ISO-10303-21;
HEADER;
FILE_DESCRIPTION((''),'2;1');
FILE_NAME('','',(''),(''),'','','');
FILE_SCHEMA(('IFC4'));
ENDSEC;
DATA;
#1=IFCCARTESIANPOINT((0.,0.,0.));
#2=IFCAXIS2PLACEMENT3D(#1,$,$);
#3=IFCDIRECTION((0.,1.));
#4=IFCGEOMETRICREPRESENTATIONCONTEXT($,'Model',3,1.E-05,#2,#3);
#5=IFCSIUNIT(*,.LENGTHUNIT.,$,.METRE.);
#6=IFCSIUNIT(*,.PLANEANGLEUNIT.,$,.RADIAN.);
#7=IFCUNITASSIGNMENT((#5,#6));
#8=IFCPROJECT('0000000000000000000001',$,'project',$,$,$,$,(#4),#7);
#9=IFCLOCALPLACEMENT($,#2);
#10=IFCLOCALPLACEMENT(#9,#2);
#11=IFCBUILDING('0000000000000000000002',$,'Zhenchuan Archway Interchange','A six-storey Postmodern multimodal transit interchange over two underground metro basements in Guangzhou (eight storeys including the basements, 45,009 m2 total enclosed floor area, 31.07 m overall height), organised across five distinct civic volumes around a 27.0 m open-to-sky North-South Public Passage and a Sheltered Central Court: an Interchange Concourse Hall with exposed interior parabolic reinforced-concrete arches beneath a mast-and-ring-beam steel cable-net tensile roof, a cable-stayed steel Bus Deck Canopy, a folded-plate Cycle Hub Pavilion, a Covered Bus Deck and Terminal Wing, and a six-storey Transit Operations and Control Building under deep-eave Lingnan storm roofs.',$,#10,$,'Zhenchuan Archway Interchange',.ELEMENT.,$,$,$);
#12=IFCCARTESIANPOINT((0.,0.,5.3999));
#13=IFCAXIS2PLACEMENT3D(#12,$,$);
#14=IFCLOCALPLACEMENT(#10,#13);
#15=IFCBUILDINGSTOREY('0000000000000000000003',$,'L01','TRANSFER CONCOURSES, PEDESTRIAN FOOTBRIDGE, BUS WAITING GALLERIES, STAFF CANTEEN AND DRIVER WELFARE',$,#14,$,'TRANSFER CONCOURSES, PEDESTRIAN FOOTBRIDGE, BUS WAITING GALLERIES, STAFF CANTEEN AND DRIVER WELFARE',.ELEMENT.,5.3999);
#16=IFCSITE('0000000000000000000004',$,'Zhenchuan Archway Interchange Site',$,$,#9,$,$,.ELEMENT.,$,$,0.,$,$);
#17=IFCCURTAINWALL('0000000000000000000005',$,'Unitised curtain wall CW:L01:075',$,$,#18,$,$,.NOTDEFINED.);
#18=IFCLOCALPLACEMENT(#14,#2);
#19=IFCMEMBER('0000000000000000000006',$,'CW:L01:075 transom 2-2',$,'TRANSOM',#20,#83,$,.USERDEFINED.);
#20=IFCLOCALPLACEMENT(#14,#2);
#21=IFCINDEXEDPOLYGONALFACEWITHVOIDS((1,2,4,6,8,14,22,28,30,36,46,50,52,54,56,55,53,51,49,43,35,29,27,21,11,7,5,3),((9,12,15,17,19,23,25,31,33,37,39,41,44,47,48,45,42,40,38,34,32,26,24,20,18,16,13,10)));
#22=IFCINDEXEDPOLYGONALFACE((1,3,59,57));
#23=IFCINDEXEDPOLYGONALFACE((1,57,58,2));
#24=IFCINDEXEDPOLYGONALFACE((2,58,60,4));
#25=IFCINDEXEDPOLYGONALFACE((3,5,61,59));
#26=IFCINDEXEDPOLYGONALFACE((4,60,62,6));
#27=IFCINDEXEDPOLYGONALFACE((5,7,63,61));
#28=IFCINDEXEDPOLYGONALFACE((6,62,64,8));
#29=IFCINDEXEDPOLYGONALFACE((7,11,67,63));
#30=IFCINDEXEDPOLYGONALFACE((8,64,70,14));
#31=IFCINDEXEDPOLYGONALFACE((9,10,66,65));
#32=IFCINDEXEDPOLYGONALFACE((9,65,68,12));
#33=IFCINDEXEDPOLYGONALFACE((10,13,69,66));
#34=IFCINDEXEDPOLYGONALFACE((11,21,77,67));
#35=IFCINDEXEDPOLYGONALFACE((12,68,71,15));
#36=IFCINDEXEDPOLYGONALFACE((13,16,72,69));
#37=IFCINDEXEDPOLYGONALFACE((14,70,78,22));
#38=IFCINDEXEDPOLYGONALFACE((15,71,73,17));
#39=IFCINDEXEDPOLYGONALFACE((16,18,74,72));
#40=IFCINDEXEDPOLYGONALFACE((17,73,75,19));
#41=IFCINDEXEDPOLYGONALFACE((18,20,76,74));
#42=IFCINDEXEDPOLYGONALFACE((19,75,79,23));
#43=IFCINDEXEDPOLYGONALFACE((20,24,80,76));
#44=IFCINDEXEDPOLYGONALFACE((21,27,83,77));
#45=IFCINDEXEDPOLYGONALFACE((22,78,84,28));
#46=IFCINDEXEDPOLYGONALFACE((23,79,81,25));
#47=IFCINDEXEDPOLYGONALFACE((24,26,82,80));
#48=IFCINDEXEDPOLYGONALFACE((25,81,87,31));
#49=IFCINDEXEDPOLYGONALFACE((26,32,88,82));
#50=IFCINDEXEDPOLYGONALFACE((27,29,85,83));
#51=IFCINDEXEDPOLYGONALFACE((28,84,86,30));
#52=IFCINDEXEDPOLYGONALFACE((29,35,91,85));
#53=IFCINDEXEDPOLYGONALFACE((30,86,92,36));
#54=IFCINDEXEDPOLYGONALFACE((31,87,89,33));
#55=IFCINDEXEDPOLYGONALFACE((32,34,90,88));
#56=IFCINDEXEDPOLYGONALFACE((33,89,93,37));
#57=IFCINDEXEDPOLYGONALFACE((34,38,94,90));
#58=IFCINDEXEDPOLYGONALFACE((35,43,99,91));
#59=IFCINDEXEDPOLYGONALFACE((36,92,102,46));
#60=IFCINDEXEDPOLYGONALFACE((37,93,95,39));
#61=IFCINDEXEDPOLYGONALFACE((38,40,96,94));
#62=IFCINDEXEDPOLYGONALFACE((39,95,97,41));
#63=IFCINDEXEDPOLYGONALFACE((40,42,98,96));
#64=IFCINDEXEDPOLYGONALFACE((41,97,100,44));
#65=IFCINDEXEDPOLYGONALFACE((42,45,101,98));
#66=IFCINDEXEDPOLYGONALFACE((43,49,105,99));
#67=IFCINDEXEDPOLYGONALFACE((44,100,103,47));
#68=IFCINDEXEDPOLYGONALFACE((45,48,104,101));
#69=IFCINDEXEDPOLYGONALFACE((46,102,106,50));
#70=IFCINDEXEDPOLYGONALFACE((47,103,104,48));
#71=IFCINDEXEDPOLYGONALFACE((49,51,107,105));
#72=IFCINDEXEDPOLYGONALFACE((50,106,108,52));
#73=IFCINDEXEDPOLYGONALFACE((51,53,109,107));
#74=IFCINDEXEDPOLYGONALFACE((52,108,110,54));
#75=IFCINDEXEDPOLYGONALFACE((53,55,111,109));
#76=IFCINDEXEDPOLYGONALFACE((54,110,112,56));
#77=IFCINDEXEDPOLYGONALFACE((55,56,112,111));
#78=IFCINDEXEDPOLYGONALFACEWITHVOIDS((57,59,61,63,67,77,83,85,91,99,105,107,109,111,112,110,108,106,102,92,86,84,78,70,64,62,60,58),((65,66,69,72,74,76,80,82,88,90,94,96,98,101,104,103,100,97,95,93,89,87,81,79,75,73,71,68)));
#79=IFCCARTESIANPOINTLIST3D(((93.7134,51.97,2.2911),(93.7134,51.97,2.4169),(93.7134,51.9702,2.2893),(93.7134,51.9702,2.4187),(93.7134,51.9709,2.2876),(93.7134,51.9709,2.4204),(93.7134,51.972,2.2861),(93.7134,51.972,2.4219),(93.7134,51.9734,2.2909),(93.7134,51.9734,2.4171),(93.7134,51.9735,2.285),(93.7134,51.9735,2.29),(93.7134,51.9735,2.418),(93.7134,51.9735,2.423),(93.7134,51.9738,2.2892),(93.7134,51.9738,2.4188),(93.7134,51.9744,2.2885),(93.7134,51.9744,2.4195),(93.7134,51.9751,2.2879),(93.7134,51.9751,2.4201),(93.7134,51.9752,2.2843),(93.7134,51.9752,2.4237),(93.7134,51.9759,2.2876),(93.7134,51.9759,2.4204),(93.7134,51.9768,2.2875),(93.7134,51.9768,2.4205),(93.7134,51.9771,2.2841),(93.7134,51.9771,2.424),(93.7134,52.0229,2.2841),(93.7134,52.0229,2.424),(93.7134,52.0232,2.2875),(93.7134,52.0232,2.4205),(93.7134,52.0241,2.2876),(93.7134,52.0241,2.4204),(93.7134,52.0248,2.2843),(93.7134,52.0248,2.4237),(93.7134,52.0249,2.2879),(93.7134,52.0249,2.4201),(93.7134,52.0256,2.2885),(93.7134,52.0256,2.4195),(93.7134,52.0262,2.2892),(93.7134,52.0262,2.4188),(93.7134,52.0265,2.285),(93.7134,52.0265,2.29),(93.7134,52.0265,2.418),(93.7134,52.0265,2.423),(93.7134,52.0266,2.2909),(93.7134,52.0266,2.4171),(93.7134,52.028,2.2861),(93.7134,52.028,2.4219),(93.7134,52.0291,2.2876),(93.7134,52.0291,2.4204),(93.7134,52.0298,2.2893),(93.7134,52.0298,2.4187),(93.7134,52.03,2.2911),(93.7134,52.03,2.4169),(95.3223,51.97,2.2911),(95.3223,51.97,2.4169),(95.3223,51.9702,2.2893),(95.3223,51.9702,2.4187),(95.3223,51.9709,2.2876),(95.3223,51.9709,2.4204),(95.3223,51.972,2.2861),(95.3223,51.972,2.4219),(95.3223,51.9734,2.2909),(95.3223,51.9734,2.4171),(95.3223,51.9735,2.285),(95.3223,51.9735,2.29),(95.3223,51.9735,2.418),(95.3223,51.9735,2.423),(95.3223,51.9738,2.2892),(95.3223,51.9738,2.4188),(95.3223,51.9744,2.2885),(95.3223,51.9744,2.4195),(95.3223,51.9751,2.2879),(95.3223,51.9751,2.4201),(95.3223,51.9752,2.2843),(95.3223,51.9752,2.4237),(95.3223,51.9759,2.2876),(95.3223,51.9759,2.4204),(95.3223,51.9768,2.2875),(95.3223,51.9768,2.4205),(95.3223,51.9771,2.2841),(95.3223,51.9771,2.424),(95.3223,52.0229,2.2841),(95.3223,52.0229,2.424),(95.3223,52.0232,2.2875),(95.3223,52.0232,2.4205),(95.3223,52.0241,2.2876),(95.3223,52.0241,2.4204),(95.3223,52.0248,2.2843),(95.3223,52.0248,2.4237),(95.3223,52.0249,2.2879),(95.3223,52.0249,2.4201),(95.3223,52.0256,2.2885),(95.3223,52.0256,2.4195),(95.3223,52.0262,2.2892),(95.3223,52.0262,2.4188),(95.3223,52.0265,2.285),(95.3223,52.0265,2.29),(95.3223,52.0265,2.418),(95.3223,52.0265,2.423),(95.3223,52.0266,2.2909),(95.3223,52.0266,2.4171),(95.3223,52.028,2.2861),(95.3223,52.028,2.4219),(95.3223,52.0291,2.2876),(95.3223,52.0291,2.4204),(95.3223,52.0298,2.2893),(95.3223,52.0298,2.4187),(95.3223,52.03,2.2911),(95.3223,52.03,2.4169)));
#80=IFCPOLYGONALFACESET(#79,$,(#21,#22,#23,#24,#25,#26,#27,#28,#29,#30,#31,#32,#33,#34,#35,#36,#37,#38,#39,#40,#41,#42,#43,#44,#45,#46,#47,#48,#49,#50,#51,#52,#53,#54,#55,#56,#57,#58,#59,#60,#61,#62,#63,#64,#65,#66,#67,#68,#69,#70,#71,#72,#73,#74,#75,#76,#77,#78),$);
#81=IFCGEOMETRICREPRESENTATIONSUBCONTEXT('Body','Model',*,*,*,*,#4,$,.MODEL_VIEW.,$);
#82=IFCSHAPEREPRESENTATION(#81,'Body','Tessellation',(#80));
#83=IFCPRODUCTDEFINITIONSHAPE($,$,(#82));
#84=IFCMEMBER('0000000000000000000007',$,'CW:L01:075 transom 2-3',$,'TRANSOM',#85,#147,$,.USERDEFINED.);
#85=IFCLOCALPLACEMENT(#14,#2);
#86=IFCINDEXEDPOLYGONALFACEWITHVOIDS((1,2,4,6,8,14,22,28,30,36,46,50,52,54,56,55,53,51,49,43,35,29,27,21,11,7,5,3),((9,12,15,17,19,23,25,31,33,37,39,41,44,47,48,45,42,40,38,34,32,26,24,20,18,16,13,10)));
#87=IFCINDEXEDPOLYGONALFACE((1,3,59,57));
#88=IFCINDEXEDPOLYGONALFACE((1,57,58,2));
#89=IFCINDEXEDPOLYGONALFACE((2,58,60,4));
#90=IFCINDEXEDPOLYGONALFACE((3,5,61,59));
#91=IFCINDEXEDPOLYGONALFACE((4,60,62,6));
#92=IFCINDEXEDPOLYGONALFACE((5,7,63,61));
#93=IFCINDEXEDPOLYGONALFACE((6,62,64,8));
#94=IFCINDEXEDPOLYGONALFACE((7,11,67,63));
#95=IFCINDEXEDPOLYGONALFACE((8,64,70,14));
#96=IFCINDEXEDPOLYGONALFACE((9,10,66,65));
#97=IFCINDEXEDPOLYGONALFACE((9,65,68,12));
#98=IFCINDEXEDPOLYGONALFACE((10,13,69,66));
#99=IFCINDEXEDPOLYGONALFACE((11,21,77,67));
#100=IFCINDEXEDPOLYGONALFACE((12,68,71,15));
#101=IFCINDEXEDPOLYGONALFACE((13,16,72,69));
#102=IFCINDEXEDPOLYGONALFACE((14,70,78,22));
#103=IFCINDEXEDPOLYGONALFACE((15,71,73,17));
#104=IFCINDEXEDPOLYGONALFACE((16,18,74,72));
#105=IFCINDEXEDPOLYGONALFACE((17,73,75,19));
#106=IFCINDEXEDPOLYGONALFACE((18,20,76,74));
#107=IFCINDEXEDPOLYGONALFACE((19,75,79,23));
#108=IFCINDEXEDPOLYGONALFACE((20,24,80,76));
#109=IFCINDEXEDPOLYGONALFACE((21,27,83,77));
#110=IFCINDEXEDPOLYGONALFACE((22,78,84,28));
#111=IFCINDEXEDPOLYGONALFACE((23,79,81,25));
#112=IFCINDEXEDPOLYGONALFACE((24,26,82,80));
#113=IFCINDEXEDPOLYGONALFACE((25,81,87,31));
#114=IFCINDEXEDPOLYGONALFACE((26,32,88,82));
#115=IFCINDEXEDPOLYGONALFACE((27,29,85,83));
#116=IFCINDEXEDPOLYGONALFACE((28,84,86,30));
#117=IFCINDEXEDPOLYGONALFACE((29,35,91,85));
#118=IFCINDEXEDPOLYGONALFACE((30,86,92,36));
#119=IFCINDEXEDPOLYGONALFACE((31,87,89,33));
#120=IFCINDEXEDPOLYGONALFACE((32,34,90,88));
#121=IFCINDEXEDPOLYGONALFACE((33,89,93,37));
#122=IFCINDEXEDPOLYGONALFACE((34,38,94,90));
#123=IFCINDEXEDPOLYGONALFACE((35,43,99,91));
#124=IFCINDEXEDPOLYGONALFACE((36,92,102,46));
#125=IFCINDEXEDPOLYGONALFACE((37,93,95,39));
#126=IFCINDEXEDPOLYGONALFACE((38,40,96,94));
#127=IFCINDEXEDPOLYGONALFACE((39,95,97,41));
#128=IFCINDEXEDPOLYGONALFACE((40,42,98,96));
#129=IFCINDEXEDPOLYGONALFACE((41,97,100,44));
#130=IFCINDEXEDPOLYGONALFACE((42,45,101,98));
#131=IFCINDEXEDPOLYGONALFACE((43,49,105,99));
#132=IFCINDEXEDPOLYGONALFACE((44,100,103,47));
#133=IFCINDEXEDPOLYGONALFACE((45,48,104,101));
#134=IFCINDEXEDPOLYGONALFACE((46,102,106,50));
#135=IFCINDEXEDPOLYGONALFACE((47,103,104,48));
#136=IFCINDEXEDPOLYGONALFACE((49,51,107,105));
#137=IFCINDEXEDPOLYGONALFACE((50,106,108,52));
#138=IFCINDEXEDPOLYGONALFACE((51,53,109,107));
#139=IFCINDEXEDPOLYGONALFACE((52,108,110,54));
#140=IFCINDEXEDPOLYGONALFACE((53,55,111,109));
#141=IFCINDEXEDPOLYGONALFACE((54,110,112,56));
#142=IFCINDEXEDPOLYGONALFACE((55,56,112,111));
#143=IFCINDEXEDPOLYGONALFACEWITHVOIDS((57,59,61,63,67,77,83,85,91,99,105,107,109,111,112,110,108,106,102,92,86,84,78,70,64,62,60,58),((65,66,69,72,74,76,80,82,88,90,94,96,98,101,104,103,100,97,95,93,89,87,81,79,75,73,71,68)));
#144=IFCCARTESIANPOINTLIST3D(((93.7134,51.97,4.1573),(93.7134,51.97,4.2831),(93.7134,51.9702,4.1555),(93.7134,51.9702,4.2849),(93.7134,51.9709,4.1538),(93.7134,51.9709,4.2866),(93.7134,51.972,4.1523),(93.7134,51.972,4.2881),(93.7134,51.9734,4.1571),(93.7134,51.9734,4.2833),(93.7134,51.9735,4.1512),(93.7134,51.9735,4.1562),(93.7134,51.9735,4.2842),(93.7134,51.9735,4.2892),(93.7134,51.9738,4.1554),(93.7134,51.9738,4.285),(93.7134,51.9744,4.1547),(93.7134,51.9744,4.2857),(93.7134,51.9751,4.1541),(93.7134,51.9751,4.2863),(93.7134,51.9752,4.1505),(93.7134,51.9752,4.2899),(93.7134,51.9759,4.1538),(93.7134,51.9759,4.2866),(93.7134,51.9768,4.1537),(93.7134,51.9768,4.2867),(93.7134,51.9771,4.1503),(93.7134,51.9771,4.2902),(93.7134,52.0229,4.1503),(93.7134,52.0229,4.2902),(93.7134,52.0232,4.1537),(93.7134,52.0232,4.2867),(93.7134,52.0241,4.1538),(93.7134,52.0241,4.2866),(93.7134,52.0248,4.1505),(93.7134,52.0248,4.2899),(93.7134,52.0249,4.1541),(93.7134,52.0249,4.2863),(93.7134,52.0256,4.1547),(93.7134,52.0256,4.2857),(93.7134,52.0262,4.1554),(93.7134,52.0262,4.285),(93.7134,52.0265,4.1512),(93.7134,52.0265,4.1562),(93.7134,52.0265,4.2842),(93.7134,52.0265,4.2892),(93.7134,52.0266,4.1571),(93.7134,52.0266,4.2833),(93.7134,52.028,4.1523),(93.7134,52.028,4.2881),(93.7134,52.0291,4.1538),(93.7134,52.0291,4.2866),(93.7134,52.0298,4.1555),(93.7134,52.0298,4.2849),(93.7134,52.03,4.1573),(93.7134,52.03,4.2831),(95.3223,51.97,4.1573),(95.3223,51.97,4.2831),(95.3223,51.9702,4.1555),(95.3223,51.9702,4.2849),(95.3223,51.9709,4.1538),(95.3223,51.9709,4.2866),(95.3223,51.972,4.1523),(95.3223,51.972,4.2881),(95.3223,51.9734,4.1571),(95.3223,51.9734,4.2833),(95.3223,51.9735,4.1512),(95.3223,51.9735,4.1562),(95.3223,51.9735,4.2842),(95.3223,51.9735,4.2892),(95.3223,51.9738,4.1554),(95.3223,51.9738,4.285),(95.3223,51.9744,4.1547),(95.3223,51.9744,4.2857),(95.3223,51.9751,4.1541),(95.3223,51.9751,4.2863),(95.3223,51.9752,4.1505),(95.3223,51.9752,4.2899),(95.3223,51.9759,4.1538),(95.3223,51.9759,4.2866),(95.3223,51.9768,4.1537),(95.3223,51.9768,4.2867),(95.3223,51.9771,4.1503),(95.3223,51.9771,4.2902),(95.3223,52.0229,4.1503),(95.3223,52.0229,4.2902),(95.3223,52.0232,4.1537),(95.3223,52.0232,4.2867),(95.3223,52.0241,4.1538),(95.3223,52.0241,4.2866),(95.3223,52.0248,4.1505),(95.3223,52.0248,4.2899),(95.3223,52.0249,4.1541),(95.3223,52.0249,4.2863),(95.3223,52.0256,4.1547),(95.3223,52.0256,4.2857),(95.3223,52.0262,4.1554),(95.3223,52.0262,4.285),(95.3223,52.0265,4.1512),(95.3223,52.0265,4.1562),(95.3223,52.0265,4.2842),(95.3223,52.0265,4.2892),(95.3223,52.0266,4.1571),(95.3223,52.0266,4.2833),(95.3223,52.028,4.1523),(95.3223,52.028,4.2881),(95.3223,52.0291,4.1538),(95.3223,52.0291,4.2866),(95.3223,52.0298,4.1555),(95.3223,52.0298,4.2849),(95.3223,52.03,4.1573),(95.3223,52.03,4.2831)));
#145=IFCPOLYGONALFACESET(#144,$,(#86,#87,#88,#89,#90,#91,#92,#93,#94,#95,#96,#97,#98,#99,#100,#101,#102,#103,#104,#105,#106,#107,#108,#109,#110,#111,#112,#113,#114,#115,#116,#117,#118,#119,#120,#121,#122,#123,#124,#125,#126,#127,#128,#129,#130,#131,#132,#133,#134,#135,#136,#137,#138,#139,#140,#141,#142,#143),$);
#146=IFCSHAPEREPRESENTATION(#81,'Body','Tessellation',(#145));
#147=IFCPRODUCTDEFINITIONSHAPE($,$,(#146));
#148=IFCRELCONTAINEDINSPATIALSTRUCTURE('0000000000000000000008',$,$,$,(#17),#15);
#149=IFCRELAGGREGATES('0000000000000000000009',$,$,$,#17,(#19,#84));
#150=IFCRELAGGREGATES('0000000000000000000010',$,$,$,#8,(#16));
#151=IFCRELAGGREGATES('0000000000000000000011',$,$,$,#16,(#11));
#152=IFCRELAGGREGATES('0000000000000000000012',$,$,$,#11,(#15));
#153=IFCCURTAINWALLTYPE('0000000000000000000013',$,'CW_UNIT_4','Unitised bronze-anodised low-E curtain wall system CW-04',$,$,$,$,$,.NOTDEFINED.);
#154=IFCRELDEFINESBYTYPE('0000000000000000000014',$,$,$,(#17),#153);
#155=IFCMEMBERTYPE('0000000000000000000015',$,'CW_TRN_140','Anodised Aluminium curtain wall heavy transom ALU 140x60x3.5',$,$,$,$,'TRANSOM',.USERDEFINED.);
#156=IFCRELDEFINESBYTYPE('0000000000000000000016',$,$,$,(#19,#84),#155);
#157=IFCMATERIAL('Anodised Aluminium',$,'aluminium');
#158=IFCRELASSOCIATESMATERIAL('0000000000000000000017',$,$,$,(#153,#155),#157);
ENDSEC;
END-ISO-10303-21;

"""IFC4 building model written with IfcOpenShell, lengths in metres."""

from ifc_helpers import new_model, si_unit, direction, frame, origin, origin_2d, place, context, subcontext, project, spatial, hollow_rectangle, extrude, material, material_profile, profile_set, type_object, element, aggregate, save


model = new_model("IFC4")

# Units and contexts
model_context = context("Model", 3, precision=1e-05, world=origin(), true_north=direction((0.0, 1.0)))
body_context = subcontext(model_context, "Body", "Model", "MODEL_VIEW")
ifc_project = project(units=[si_unit("LENGTHUNIT", "METRE"), si_unit("PLANEANGLEUNIT", "RADIAN")], contexts=[model_context])

# Site, building, storey
site_placement = place(None, origin())
site = spatial("IfcSite", under=ifc_project, at=site_placement, Name="Zhenchuan Archway Interchange Site", CompositionType="ELEMENT", RefElevation=0.0)
building_placement = place(site_placement, origin())
building = spatial("IfcBuilding", under=site, at=building_placement, Name="Zhenchuan Archway Interchange", Description="A six-storey Postmodern multimodal transit interchange over two underground metro basements in Guangzhou (eight storeys including the basements, 45,009 m2 total enclosed floor area, 31.07 m overall height), organised across five distinct civic volumes around a 27.0 m open-to-sky North-South Public Passage and a Sheltered Central Court: an Interchange Concourse Hall with exposed interior parabolic reinforced-concrete arches beneath a mast-and-ring-beam steel cable-net tensile roof, a cable-stayed steel Bus Deck Canopy, a folded-plate Cycle Hub Pavilion, a Covered Bus Deck and Terminal Wing, and a six-storey Transit Operations and Control Building under deep-eave Lingnan storm roofs.", LongName="Zhenchuan Archway Interchange", CompositionType="ELEMENT")
storey_placement = place(building_placement, frame((0.0, 0.0, 5.3999)))
storey = spatial("IfcBuildingStorey", under=building, at=storey_placement, Name="L01", Description="TRANSFER CONCOURSES, PEDESTRIAN FOOTBRIDGE, BUS WAITING GALLERIES, STAFF CANTEEN AND DRIVER WELFARE", LongName="TRANSFER CONCOURSES, PEDESTRIAN FOOTBRIDGE, BUS WAITING GALLERIES, STAFF CANTEEN AND DRIVER WELFARE", CompositionType="ELEMENT", Elevation=5.3999)

# Curtain wall, members
ifc_material_1 = material(Name="Anodised Aluminium", Category="aluminium")
curtain_wall_type = type_object("IfcCurtainWallType", Name="CW_UNIT_4", Description="Unitised bronze-anodised low-E curtain wall system CW-04", PredefinedType="NOTDEFINED", material=ifc_material_1)
curtain_wall_placement = place(storey_placement, origin())
curtain_wall = element("IfcCurtainWall", 1, at=curtain_wall_placement, inside=storey, type_object=curtain_wall_type, Name="Unitised curtain wall CW:L01:075", PredefinedType="NOTDEFINED")
ifc_material_profile_1 = material_profile(ifc_material_1, hollow_rectangle(XDim=0.0601, YDim=0.1399, WallThickness=0.0034, InnerFilletRadius=0.0034, OuterFilletRadius=0.0071, at=origin_2d()), Name="ALU 140x60x3.5")
ifc_profile_set_1 = profile_set([ifc_material_profile_1], Name="Anodised Aluminium")
member_type_1 = type_object("IfcMemberType", Name="CW_TRN_140", Description="Anodised Aluminium curtain wall heavy transom ALU 140x60x3.5", ElementType="TRANSOM", PredefinedType="USERDEFINED", material=ifc_profile_set_1)
member_1_placement = place(storey_placement, frame((95.3223, 52.0, 2.354), z_axis=(-1.0, 0.0, 0.0), x_axis=(0.0, -1.0, 0.0)))
member_1 = element("IfcMember", 2, at=member_1_placement, type_object=member_type_1, Name="CW:L01:075 transom 2-2", ObjectType="TRANSOM", PredefinedType="USERDEFINED", context=body_context, shape_type="SweptSolid", body=[
    extrude(hollow_rectangle(XDim=0.0601, YDim=0.1399, WallThickness=0.0034, InnerFilletRadius=0.0034, OuterFilletRadius=0.0071, at=origin_2d()), origin(), (0.0, 0.0, 1.0), 1.6089),
])
member_2_placement = place(storey_placement, frame((95.3223, 52.0, 4.2202), z_axis=(-1.0, 0.0, 0.0), x_axis=(0.0, -1.0, 0.0)))
member_2 = element("IfcMember", 3, at=member_2_placement, type_object=member_type_1, Name="CW:L01:075 transom 2-3", ObjectType="TRANSOM", PredefinedType="USERDEFINED", context=body_context, shape_type="SweptSolid", body=[
    extrude(hollow_rectangle(XDim=0.0601, YDim=0.1399, WallThickness=0.0034, InnerFilletRadius=0.0034, OuterFilletRadius=0.0071, at=origin_2d()), origin(), (0.0, 0.0, 1.0), 1.6089),
])

aggregate(curtain_wall, [member_1, member_2])

save(model, "model.ifc")
